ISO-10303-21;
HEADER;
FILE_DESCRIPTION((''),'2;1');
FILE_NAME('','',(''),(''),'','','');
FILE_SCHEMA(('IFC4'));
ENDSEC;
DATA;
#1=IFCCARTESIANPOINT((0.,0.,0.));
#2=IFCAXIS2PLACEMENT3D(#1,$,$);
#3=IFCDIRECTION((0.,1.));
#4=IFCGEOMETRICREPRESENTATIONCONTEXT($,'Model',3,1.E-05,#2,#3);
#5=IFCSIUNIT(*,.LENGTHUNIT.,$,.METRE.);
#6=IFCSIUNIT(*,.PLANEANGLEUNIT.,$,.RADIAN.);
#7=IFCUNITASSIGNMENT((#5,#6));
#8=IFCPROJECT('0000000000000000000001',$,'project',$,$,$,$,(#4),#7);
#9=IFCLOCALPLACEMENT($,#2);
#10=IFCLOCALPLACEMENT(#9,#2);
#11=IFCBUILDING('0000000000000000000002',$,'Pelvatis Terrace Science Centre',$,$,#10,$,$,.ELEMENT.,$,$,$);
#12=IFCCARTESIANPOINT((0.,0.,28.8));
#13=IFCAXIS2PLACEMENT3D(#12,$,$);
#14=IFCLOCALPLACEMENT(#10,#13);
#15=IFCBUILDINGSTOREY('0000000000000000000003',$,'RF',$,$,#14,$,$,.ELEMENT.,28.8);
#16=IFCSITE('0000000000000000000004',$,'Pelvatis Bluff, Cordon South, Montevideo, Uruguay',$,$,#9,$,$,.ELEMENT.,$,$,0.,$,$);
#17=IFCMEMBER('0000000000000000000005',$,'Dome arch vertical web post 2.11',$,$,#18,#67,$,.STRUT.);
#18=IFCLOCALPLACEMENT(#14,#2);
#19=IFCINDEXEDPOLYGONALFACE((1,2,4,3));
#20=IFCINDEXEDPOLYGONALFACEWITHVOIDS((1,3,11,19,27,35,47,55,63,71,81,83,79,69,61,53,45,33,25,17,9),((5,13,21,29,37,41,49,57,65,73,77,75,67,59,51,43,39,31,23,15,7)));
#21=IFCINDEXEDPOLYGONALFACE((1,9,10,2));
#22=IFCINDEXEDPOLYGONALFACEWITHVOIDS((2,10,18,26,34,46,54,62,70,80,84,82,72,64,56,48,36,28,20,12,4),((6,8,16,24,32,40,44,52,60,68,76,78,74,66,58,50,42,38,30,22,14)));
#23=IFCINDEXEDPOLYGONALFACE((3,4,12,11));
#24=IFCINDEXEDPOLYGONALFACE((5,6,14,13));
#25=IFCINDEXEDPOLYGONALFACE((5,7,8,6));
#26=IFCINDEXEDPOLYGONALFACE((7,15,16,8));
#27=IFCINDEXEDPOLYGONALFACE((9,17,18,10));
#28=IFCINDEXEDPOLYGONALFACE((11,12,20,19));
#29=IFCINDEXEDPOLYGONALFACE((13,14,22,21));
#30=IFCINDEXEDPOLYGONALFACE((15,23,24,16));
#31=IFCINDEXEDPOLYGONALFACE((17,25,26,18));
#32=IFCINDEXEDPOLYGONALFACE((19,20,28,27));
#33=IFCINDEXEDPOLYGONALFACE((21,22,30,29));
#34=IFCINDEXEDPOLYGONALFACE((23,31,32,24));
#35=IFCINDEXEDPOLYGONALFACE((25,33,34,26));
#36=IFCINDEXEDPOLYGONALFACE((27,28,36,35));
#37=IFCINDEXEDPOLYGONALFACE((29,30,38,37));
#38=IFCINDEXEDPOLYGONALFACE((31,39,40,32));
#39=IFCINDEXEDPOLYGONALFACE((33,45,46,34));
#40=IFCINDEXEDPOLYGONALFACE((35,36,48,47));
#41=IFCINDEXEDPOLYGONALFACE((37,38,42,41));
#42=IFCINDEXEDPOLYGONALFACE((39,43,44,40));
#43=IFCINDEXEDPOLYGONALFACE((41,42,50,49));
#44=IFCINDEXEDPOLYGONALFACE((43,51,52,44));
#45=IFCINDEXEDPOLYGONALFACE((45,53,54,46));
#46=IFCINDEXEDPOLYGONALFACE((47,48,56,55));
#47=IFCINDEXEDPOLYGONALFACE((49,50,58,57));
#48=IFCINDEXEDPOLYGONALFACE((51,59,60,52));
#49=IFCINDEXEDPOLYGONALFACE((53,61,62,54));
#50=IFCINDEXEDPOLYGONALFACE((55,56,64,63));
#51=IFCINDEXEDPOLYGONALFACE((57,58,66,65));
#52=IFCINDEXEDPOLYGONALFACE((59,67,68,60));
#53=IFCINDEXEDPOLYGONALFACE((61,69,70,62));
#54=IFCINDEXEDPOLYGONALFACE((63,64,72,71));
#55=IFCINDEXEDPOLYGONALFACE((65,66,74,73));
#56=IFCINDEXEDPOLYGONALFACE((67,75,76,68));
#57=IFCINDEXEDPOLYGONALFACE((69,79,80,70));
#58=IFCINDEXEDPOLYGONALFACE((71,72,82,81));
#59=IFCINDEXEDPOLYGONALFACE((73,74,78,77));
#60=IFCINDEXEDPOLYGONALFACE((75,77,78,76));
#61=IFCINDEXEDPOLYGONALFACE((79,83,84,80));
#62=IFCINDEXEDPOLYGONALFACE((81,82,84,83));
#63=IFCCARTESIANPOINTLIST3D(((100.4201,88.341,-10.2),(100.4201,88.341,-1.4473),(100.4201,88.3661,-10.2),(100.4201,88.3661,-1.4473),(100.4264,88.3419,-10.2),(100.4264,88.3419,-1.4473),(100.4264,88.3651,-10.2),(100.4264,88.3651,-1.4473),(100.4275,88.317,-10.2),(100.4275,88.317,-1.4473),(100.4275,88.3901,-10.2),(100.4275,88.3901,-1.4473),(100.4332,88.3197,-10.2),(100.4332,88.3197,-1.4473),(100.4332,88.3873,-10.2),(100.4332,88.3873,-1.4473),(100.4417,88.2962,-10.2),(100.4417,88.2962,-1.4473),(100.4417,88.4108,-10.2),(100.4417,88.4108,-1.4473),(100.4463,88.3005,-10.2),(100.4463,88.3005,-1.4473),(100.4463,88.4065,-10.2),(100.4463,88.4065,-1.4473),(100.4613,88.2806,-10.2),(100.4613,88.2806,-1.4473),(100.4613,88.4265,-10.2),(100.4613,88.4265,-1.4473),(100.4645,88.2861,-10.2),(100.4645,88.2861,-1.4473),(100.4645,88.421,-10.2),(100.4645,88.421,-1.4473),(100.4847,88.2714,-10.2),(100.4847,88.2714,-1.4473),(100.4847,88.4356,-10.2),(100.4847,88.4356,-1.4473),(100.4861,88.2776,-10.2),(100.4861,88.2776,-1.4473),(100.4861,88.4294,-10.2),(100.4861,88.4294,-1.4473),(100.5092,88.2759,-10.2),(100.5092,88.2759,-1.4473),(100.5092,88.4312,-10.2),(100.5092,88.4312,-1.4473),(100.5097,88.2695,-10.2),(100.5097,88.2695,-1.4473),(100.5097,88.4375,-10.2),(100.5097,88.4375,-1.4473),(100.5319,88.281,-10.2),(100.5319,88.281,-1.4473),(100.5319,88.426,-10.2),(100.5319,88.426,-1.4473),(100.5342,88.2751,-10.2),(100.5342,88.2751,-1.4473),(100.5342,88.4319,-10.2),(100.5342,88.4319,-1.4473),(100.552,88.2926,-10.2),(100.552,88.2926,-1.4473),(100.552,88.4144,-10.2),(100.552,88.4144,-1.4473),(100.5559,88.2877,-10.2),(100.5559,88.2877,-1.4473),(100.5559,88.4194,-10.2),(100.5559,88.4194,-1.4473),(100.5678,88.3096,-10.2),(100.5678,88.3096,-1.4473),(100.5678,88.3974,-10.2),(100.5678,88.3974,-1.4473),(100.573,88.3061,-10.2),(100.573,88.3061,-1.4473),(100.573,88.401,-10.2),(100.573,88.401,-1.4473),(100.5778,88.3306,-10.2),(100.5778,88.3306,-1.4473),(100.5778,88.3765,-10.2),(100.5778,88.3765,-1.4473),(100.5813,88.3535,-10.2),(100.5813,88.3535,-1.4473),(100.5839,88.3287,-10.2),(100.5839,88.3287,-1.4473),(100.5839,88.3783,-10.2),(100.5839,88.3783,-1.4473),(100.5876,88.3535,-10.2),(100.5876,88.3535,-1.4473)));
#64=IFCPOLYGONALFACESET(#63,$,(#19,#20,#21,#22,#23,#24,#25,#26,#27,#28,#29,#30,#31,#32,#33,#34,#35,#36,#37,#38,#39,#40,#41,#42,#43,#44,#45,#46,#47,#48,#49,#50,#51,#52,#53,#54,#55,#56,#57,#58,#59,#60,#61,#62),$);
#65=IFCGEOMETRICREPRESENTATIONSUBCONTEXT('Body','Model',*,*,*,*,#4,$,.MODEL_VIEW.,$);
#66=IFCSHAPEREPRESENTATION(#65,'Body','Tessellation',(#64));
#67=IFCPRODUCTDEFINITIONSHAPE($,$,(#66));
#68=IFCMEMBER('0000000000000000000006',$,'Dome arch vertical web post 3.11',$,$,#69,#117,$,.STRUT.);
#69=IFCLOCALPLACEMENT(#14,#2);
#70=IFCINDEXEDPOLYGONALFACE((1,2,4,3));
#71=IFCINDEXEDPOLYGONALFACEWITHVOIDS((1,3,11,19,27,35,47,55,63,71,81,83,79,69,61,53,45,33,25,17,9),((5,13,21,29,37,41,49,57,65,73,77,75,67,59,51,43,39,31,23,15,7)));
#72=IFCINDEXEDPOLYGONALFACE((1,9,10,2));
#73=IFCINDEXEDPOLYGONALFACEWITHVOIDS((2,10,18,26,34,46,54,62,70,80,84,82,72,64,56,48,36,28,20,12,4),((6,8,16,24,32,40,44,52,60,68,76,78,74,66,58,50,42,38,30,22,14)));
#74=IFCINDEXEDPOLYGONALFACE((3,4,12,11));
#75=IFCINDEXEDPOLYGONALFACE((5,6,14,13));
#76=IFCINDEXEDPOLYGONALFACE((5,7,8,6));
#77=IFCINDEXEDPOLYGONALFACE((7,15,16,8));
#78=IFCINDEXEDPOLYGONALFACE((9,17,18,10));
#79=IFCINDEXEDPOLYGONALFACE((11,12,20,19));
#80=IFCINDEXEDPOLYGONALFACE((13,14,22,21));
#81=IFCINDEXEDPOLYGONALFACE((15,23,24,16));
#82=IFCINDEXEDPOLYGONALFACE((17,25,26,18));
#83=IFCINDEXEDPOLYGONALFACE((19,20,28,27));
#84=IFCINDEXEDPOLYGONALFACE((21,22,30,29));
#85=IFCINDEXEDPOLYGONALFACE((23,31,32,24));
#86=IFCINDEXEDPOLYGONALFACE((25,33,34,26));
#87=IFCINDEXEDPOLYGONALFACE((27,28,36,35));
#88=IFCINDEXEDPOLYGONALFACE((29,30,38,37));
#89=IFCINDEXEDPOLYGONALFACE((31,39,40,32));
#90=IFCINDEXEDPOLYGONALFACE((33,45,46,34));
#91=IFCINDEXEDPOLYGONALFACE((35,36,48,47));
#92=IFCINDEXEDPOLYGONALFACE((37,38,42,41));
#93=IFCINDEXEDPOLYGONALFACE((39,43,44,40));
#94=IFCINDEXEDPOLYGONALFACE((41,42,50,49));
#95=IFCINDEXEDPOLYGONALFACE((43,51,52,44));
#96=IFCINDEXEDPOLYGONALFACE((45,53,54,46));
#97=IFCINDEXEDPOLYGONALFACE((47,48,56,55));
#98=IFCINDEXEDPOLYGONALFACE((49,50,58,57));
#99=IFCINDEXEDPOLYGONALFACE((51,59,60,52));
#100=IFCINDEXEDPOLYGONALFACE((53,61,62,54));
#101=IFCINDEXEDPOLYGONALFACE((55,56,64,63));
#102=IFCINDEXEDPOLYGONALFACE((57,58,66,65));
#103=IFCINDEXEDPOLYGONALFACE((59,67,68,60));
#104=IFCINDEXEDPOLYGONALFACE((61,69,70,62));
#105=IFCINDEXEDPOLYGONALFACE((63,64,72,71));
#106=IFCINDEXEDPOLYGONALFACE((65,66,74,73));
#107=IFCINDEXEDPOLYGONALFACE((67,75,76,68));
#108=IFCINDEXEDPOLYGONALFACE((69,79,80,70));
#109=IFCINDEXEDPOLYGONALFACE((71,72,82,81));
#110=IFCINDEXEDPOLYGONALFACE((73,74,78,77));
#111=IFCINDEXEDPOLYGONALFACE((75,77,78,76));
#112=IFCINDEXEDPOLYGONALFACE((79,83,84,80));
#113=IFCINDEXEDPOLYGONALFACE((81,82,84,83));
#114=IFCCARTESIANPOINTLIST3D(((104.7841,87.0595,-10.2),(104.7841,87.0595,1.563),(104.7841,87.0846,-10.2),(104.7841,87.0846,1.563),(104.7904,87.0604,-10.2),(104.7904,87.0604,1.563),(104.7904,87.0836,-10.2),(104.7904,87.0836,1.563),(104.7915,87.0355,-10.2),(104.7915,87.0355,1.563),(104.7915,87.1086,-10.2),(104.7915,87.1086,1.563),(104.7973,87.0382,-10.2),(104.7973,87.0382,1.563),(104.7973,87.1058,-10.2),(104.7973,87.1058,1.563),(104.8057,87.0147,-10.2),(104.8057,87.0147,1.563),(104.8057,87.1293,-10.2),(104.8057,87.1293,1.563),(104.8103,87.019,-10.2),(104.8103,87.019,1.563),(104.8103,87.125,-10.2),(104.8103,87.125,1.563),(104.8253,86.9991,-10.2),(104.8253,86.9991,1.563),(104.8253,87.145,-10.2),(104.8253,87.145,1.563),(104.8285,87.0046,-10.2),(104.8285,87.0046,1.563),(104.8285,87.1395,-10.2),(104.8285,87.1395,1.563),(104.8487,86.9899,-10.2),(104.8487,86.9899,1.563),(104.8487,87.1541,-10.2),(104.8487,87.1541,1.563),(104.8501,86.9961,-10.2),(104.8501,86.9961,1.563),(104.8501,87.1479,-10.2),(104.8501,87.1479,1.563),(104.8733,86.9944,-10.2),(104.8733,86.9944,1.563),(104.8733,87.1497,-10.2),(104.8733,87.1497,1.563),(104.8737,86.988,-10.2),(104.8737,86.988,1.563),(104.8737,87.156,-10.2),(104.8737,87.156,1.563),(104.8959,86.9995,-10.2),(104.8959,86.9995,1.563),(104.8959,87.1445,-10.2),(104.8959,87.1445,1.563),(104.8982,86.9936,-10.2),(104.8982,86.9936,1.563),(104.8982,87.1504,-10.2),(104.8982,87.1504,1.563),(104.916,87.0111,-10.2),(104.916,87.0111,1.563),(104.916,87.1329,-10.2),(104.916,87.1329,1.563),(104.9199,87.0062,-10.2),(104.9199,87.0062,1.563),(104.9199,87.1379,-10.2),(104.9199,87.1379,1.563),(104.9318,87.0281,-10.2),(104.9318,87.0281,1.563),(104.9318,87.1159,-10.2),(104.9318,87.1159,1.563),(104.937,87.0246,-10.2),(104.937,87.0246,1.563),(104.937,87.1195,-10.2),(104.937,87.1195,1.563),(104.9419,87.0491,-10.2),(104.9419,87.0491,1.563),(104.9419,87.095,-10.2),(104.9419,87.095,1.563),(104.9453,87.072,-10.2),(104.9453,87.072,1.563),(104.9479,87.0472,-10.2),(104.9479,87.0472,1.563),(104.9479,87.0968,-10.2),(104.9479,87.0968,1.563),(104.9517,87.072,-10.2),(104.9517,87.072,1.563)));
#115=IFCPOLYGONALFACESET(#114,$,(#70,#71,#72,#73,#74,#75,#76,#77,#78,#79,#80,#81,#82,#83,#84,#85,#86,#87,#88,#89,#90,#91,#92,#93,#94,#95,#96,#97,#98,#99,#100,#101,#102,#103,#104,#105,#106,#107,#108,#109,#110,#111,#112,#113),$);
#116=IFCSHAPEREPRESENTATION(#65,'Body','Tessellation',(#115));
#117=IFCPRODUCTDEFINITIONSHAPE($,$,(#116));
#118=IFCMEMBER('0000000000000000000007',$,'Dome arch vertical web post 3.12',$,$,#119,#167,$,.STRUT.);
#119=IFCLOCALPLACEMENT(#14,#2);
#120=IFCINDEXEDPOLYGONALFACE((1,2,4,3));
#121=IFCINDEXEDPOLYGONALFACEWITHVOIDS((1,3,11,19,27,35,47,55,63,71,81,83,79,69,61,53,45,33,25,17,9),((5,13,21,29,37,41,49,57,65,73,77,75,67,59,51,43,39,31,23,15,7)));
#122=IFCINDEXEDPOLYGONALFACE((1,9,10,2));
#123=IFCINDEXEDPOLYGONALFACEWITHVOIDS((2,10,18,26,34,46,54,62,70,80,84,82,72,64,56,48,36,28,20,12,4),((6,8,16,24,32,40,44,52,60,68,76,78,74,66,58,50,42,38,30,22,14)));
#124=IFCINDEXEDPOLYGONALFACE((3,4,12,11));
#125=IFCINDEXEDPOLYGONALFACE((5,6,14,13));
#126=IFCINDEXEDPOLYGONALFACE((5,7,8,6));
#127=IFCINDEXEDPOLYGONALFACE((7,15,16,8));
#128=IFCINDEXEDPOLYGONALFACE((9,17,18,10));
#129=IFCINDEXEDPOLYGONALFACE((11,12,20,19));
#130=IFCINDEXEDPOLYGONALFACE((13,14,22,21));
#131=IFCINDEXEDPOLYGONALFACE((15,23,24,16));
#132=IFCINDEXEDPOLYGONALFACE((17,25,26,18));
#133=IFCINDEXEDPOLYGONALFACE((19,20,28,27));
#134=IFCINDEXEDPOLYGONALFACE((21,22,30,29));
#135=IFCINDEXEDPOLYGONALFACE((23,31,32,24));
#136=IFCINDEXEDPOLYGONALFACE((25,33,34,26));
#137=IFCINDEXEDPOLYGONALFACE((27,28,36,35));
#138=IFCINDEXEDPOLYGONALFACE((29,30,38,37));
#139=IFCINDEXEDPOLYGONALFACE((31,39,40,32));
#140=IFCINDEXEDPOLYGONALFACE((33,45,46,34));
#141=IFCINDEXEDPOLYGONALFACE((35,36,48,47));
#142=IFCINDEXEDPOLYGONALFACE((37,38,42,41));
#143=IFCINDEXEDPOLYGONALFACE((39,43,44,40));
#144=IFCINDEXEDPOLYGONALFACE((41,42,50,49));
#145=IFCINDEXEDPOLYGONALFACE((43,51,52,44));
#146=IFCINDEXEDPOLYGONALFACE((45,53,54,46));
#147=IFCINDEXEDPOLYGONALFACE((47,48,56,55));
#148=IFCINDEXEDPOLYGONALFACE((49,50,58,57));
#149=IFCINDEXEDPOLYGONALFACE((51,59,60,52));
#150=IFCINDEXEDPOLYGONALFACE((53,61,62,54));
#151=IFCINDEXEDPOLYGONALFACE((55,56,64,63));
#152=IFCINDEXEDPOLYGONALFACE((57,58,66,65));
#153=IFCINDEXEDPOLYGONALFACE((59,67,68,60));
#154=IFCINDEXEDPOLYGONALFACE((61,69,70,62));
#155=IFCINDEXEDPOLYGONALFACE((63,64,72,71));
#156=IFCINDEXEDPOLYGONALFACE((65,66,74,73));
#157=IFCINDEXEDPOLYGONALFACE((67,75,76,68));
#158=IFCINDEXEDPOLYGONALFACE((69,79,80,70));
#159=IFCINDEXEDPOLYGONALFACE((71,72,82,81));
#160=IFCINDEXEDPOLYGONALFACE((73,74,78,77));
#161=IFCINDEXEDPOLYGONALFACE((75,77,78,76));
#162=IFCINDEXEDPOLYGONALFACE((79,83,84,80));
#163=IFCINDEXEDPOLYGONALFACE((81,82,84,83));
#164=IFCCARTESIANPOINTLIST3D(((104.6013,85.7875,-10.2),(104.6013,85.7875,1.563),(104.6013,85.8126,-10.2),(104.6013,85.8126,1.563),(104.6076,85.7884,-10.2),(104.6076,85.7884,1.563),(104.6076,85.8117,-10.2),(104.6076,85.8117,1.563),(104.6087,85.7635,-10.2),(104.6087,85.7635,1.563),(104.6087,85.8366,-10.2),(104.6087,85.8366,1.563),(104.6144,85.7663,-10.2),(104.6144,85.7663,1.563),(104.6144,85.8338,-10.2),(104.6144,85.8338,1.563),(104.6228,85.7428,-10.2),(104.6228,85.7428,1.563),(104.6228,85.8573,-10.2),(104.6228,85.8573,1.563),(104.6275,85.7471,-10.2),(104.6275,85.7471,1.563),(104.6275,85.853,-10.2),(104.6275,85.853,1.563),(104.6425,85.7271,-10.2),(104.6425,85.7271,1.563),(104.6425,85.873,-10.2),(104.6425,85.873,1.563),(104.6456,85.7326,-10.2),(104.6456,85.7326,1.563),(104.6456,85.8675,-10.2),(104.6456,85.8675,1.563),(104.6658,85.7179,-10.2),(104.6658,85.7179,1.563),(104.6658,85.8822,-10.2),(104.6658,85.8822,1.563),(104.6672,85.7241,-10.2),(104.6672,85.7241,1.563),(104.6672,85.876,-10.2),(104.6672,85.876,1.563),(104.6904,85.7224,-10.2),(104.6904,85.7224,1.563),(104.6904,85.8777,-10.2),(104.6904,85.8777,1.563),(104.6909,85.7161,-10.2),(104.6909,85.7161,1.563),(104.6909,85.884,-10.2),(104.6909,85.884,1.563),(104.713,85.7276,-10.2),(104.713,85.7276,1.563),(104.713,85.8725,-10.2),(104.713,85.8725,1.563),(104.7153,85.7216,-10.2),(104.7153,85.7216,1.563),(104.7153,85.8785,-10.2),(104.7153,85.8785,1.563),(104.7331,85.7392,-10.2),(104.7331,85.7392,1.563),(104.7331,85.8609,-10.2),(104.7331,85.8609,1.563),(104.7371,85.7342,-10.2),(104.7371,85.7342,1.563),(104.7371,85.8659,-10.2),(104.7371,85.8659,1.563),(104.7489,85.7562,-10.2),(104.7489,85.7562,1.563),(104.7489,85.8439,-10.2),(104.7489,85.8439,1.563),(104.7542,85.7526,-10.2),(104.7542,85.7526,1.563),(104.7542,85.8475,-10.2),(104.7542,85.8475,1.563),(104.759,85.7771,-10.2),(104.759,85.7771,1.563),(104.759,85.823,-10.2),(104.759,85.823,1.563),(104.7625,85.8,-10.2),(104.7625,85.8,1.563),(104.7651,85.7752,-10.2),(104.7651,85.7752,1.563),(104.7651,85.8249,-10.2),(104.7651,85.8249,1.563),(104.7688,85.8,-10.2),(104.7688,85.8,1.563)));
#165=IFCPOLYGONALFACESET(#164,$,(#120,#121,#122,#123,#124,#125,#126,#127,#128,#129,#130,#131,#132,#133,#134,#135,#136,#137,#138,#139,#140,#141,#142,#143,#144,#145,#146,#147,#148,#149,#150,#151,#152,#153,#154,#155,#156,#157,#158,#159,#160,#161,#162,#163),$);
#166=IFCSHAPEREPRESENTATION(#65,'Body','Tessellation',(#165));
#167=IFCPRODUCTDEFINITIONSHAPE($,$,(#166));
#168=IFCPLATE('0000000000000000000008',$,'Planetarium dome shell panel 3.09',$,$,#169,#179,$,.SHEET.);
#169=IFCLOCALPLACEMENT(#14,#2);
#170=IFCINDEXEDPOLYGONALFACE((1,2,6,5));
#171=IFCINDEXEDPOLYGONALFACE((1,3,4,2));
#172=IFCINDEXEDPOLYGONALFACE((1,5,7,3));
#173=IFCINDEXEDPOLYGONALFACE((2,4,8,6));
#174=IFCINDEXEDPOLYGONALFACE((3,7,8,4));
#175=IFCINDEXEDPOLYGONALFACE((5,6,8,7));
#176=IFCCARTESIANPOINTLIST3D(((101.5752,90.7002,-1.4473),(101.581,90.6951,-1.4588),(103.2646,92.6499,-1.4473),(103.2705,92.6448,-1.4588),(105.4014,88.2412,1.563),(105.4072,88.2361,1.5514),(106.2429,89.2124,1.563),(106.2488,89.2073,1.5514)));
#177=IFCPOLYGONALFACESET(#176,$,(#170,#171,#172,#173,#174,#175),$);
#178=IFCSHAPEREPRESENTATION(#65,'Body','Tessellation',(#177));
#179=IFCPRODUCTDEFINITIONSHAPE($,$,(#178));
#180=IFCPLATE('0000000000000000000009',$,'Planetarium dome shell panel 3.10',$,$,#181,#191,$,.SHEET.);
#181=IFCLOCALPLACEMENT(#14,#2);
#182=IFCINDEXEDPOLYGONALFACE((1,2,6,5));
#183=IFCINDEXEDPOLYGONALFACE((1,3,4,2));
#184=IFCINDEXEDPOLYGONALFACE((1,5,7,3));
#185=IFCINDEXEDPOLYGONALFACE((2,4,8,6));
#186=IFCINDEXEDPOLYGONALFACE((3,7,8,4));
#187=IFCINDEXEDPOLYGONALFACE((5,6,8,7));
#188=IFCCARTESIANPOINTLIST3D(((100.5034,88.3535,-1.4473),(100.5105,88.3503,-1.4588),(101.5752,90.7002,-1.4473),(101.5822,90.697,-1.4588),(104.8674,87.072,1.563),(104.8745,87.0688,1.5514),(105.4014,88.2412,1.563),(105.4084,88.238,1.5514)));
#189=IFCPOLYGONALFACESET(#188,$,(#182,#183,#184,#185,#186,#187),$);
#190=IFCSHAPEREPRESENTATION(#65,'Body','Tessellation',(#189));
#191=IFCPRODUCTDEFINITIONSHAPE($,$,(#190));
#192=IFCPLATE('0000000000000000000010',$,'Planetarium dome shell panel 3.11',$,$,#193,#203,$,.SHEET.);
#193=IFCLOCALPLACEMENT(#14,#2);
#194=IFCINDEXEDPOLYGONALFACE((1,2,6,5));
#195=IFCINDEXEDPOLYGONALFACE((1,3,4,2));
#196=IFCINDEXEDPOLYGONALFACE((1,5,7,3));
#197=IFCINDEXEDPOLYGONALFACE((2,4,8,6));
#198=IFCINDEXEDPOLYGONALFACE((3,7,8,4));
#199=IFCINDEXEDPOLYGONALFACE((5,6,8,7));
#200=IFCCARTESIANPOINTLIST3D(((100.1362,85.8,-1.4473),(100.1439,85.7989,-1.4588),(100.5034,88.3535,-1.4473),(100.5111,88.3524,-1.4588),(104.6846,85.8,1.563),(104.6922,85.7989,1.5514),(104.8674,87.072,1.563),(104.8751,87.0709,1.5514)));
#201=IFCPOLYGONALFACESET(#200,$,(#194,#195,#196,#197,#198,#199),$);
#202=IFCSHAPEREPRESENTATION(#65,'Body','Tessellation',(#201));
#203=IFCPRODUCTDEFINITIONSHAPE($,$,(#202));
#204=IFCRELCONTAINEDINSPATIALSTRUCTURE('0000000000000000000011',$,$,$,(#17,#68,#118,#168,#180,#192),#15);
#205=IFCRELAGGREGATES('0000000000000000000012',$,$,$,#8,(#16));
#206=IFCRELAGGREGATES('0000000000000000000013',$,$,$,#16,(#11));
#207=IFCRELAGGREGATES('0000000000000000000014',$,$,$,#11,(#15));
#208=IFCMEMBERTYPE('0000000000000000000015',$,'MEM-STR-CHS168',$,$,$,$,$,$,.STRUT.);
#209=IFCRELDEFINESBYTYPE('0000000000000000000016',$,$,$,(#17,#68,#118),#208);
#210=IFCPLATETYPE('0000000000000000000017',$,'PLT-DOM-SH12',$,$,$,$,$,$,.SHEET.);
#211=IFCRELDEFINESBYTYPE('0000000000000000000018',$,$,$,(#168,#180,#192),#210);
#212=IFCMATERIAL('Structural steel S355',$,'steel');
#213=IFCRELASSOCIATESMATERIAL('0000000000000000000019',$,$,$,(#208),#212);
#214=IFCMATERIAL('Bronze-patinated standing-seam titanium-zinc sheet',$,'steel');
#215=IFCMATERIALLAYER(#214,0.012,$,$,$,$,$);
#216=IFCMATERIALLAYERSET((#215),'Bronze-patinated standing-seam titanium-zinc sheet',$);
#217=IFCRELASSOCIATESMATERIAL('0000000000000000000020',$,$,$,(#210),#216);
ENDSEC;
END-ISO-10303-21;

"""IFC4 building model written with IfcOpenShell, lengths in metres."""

from ifc_helpers import new_model, si_unit, direction, frame, origin, origin_2d, place, context, subcontext, project, spatial, polyline, hollow_circle, outline, extrude, material, layer, layer_set, material_profile, profile_set, type_object, element, save


model = new_model("IFC4")

# Units and contexts
model_context = context("Model", 3, precision=1e-05, world=origin(), true_north=direction((0.0, 1.0)))
body_context = subcontext(model_context, "Body", "Model", "MODEL_VIEW")
ifc_project = project(units=[si_unit("LENGTHUNIT", "METRE"), si_unit("PLANEANGLEUNIT", "RADIAN")], contexts=[model_context])

# Site, building, storey
site_placement = place(None, origin())
site = spatial("IfcSite", under=ifc_project, at=site_placement, Name="Pelvatis Bluff, Cordon South, Montevideo, Uruguay", CompositionType="ELEMENT", RefElevation=0.0)
building_placement = place(site_placement, origin())
building = spatial("IfcBuilding", under=site, at=building_placement, Name="Pelvatis Terrace Science Centre", CompositionType="ELEMENT")
storey_placement = place(building_placement, frame((0.0, 0.0, 28.8)))
storey = spatial("IfcBuildingStorey", under=building, at=storey_placement, Name="RF", CompositionType="ELEMENT", Elevation=28.8)

# Members
ifc_material_1 = material(Name="Structural steel S355", Category="steel")
ifc_material_profile_1 = material_profile(ifc_material_1, hollow_circle(Radius=0.0842, WallThickness=0.0063, at=origin_2d()), Name="CHS 168.3x6.3")
ifc_profile_set_1 = profile_set([ifc_material_profile_1], Name="Structural steel S355")
member_type_1 = type_object("IfcMemberType", Name="MEM-STR-CHS168", PredefinedType="STRUT", material=ifc_profile_set_1)
for number, where, z_axis, x_axis, name in (
    (1, (100.5034, 88.3535, -10.2), (0.0, 0.0, 1.0), (1.0, 0.0, 0.0), "Dome arch vertical web post 2.11"),
):
    element("IfcMember", number, at=place(storey_placement, frame(where, z_axis=z_axis, x_axis=x_axis)), inside=storey, type_object=member_type_1, Name=name, PredefinedType="STRUT", context=body_context, shape_type="SweptSolid", body=[
        extrude(hollow_circle(Radius=0.0842, WallThickness=0.0063, at=origin_2d()), origin(), (0.0, 0.0, 1.0), 8.7527),
    ])
for number, where, z_axis, x_axis, name in (
    (2, (104.8674, 87.072, -10.2), (0.0, 0.0, 1.0), (1.0, 0.0, 0.0), "Dome arch vertical web post 3.11"),
    (3, (104.6846, 85.8, -10.2), (0.0, 0.0, 1.0), (1.0, 0.0, 0.0), "Dome arch vertical web post 3.12"),
):
    element("IfcMember", number, at=place(storey_placement, frame(where, z_axis=z_axis, x_axis=x_axis)), inside=storey, type_object=member_type_1, Name=name, PredefinedType="STRUT", context=body_context, shape_type="SweptSolid", body=[
        extrude(hollow_circle(Radius=0.0842, WallThickness=0.0063, at=origin_2d()), origin(), (0.0, 0.0, 1.0), 11.7629),
    ])

# Plates
ifc_material_2 = material(Name="Bronze-patinated standing-seam titanium-zinc sheet", Category="steel")
ifc_layer_1 = layer(ifc_material_2, 0.012)
ifc_layer_set_1 = layer_set([ifc_layer_1], Name="Bronze-patinated standing-seam titanium-zinc sheet")
plate_type_1 = type_object("IfcPlateType", Name="PLT-DOM-SH12", PredefinedType="SHEET", material=ifc_layer_set_1)
plate_1_placement = place(storey_placement, frame((103.2646, 92.6499, -1.4473), z_axis=(-0.420079, 0.364005, 0.831284), x_axis=(-0.654866, -0.755745, 0.0)))
element("IfcPlate", 4, at=plate_1_placement, inside=storey, type_object=plate_type_1, Name="Planetarium dome shell panel 3.09", PredefinedType="SHEET", context=body_context, shape_type="SweptSolid", body=[
    extrude(outline(polyline([(0.0, 0.0), (2.5798, 0.0), (1.9326, 5.4156), (0.6475, 5.4156), (0.0, 0.0)])), origin(), (0.0, 0.0, -1.0), 0.0139),
])
plate_2_placement = place(storey_placement, frame((101.5752, 90.7002, -1.4473), z_axis=(-0.50561, 0.230914, 0.831287), x_axis=(-0.415438, -0.909621, -0.000006)))
element("IfcPlate", 5, at=plate_2_placement, inside=storey, type_object=plate_type_1, Name="Planetarium dome shell panel 3.10", PredefinedType="SHEET", context=body_context, shape_type="SweptSolid", body=[
    extrude(outline(polyline([(0.0, 0.0), (2.5798, 0.0), (1.9325, 5.4157), (0.6472, 5.4156), (0.0, 0.0)])), origin(), (0.0, 0.0, -1.0), 0.0139),
])
plate_3_placement = place(storey_placement, frame((100.5034, 88.3535, -1.4473), z_axis=(-0.550181, 0.079109, 0.83129), x_axis=(-0.142332, -0.989819, -0.000006)))
element("IfcPlate", 6, at=plate_3_placement, inside=storey, type_object=plate_type_1, Name="Planetarium dome shell panel 3.11", PredefinedType="SHEET", context=body_context, shape_type="SweptSolid", body=[
    extrude(outline(polyline([(0.0, 0.0), (2.5797, 0.0), (1.9323, 5.4157), (0.6473, 5.4157), (0.0, 0.0)])), origin(), (0.0, 0.0, -1.0), 0.0139),
])

save(model, "model.ifc")
